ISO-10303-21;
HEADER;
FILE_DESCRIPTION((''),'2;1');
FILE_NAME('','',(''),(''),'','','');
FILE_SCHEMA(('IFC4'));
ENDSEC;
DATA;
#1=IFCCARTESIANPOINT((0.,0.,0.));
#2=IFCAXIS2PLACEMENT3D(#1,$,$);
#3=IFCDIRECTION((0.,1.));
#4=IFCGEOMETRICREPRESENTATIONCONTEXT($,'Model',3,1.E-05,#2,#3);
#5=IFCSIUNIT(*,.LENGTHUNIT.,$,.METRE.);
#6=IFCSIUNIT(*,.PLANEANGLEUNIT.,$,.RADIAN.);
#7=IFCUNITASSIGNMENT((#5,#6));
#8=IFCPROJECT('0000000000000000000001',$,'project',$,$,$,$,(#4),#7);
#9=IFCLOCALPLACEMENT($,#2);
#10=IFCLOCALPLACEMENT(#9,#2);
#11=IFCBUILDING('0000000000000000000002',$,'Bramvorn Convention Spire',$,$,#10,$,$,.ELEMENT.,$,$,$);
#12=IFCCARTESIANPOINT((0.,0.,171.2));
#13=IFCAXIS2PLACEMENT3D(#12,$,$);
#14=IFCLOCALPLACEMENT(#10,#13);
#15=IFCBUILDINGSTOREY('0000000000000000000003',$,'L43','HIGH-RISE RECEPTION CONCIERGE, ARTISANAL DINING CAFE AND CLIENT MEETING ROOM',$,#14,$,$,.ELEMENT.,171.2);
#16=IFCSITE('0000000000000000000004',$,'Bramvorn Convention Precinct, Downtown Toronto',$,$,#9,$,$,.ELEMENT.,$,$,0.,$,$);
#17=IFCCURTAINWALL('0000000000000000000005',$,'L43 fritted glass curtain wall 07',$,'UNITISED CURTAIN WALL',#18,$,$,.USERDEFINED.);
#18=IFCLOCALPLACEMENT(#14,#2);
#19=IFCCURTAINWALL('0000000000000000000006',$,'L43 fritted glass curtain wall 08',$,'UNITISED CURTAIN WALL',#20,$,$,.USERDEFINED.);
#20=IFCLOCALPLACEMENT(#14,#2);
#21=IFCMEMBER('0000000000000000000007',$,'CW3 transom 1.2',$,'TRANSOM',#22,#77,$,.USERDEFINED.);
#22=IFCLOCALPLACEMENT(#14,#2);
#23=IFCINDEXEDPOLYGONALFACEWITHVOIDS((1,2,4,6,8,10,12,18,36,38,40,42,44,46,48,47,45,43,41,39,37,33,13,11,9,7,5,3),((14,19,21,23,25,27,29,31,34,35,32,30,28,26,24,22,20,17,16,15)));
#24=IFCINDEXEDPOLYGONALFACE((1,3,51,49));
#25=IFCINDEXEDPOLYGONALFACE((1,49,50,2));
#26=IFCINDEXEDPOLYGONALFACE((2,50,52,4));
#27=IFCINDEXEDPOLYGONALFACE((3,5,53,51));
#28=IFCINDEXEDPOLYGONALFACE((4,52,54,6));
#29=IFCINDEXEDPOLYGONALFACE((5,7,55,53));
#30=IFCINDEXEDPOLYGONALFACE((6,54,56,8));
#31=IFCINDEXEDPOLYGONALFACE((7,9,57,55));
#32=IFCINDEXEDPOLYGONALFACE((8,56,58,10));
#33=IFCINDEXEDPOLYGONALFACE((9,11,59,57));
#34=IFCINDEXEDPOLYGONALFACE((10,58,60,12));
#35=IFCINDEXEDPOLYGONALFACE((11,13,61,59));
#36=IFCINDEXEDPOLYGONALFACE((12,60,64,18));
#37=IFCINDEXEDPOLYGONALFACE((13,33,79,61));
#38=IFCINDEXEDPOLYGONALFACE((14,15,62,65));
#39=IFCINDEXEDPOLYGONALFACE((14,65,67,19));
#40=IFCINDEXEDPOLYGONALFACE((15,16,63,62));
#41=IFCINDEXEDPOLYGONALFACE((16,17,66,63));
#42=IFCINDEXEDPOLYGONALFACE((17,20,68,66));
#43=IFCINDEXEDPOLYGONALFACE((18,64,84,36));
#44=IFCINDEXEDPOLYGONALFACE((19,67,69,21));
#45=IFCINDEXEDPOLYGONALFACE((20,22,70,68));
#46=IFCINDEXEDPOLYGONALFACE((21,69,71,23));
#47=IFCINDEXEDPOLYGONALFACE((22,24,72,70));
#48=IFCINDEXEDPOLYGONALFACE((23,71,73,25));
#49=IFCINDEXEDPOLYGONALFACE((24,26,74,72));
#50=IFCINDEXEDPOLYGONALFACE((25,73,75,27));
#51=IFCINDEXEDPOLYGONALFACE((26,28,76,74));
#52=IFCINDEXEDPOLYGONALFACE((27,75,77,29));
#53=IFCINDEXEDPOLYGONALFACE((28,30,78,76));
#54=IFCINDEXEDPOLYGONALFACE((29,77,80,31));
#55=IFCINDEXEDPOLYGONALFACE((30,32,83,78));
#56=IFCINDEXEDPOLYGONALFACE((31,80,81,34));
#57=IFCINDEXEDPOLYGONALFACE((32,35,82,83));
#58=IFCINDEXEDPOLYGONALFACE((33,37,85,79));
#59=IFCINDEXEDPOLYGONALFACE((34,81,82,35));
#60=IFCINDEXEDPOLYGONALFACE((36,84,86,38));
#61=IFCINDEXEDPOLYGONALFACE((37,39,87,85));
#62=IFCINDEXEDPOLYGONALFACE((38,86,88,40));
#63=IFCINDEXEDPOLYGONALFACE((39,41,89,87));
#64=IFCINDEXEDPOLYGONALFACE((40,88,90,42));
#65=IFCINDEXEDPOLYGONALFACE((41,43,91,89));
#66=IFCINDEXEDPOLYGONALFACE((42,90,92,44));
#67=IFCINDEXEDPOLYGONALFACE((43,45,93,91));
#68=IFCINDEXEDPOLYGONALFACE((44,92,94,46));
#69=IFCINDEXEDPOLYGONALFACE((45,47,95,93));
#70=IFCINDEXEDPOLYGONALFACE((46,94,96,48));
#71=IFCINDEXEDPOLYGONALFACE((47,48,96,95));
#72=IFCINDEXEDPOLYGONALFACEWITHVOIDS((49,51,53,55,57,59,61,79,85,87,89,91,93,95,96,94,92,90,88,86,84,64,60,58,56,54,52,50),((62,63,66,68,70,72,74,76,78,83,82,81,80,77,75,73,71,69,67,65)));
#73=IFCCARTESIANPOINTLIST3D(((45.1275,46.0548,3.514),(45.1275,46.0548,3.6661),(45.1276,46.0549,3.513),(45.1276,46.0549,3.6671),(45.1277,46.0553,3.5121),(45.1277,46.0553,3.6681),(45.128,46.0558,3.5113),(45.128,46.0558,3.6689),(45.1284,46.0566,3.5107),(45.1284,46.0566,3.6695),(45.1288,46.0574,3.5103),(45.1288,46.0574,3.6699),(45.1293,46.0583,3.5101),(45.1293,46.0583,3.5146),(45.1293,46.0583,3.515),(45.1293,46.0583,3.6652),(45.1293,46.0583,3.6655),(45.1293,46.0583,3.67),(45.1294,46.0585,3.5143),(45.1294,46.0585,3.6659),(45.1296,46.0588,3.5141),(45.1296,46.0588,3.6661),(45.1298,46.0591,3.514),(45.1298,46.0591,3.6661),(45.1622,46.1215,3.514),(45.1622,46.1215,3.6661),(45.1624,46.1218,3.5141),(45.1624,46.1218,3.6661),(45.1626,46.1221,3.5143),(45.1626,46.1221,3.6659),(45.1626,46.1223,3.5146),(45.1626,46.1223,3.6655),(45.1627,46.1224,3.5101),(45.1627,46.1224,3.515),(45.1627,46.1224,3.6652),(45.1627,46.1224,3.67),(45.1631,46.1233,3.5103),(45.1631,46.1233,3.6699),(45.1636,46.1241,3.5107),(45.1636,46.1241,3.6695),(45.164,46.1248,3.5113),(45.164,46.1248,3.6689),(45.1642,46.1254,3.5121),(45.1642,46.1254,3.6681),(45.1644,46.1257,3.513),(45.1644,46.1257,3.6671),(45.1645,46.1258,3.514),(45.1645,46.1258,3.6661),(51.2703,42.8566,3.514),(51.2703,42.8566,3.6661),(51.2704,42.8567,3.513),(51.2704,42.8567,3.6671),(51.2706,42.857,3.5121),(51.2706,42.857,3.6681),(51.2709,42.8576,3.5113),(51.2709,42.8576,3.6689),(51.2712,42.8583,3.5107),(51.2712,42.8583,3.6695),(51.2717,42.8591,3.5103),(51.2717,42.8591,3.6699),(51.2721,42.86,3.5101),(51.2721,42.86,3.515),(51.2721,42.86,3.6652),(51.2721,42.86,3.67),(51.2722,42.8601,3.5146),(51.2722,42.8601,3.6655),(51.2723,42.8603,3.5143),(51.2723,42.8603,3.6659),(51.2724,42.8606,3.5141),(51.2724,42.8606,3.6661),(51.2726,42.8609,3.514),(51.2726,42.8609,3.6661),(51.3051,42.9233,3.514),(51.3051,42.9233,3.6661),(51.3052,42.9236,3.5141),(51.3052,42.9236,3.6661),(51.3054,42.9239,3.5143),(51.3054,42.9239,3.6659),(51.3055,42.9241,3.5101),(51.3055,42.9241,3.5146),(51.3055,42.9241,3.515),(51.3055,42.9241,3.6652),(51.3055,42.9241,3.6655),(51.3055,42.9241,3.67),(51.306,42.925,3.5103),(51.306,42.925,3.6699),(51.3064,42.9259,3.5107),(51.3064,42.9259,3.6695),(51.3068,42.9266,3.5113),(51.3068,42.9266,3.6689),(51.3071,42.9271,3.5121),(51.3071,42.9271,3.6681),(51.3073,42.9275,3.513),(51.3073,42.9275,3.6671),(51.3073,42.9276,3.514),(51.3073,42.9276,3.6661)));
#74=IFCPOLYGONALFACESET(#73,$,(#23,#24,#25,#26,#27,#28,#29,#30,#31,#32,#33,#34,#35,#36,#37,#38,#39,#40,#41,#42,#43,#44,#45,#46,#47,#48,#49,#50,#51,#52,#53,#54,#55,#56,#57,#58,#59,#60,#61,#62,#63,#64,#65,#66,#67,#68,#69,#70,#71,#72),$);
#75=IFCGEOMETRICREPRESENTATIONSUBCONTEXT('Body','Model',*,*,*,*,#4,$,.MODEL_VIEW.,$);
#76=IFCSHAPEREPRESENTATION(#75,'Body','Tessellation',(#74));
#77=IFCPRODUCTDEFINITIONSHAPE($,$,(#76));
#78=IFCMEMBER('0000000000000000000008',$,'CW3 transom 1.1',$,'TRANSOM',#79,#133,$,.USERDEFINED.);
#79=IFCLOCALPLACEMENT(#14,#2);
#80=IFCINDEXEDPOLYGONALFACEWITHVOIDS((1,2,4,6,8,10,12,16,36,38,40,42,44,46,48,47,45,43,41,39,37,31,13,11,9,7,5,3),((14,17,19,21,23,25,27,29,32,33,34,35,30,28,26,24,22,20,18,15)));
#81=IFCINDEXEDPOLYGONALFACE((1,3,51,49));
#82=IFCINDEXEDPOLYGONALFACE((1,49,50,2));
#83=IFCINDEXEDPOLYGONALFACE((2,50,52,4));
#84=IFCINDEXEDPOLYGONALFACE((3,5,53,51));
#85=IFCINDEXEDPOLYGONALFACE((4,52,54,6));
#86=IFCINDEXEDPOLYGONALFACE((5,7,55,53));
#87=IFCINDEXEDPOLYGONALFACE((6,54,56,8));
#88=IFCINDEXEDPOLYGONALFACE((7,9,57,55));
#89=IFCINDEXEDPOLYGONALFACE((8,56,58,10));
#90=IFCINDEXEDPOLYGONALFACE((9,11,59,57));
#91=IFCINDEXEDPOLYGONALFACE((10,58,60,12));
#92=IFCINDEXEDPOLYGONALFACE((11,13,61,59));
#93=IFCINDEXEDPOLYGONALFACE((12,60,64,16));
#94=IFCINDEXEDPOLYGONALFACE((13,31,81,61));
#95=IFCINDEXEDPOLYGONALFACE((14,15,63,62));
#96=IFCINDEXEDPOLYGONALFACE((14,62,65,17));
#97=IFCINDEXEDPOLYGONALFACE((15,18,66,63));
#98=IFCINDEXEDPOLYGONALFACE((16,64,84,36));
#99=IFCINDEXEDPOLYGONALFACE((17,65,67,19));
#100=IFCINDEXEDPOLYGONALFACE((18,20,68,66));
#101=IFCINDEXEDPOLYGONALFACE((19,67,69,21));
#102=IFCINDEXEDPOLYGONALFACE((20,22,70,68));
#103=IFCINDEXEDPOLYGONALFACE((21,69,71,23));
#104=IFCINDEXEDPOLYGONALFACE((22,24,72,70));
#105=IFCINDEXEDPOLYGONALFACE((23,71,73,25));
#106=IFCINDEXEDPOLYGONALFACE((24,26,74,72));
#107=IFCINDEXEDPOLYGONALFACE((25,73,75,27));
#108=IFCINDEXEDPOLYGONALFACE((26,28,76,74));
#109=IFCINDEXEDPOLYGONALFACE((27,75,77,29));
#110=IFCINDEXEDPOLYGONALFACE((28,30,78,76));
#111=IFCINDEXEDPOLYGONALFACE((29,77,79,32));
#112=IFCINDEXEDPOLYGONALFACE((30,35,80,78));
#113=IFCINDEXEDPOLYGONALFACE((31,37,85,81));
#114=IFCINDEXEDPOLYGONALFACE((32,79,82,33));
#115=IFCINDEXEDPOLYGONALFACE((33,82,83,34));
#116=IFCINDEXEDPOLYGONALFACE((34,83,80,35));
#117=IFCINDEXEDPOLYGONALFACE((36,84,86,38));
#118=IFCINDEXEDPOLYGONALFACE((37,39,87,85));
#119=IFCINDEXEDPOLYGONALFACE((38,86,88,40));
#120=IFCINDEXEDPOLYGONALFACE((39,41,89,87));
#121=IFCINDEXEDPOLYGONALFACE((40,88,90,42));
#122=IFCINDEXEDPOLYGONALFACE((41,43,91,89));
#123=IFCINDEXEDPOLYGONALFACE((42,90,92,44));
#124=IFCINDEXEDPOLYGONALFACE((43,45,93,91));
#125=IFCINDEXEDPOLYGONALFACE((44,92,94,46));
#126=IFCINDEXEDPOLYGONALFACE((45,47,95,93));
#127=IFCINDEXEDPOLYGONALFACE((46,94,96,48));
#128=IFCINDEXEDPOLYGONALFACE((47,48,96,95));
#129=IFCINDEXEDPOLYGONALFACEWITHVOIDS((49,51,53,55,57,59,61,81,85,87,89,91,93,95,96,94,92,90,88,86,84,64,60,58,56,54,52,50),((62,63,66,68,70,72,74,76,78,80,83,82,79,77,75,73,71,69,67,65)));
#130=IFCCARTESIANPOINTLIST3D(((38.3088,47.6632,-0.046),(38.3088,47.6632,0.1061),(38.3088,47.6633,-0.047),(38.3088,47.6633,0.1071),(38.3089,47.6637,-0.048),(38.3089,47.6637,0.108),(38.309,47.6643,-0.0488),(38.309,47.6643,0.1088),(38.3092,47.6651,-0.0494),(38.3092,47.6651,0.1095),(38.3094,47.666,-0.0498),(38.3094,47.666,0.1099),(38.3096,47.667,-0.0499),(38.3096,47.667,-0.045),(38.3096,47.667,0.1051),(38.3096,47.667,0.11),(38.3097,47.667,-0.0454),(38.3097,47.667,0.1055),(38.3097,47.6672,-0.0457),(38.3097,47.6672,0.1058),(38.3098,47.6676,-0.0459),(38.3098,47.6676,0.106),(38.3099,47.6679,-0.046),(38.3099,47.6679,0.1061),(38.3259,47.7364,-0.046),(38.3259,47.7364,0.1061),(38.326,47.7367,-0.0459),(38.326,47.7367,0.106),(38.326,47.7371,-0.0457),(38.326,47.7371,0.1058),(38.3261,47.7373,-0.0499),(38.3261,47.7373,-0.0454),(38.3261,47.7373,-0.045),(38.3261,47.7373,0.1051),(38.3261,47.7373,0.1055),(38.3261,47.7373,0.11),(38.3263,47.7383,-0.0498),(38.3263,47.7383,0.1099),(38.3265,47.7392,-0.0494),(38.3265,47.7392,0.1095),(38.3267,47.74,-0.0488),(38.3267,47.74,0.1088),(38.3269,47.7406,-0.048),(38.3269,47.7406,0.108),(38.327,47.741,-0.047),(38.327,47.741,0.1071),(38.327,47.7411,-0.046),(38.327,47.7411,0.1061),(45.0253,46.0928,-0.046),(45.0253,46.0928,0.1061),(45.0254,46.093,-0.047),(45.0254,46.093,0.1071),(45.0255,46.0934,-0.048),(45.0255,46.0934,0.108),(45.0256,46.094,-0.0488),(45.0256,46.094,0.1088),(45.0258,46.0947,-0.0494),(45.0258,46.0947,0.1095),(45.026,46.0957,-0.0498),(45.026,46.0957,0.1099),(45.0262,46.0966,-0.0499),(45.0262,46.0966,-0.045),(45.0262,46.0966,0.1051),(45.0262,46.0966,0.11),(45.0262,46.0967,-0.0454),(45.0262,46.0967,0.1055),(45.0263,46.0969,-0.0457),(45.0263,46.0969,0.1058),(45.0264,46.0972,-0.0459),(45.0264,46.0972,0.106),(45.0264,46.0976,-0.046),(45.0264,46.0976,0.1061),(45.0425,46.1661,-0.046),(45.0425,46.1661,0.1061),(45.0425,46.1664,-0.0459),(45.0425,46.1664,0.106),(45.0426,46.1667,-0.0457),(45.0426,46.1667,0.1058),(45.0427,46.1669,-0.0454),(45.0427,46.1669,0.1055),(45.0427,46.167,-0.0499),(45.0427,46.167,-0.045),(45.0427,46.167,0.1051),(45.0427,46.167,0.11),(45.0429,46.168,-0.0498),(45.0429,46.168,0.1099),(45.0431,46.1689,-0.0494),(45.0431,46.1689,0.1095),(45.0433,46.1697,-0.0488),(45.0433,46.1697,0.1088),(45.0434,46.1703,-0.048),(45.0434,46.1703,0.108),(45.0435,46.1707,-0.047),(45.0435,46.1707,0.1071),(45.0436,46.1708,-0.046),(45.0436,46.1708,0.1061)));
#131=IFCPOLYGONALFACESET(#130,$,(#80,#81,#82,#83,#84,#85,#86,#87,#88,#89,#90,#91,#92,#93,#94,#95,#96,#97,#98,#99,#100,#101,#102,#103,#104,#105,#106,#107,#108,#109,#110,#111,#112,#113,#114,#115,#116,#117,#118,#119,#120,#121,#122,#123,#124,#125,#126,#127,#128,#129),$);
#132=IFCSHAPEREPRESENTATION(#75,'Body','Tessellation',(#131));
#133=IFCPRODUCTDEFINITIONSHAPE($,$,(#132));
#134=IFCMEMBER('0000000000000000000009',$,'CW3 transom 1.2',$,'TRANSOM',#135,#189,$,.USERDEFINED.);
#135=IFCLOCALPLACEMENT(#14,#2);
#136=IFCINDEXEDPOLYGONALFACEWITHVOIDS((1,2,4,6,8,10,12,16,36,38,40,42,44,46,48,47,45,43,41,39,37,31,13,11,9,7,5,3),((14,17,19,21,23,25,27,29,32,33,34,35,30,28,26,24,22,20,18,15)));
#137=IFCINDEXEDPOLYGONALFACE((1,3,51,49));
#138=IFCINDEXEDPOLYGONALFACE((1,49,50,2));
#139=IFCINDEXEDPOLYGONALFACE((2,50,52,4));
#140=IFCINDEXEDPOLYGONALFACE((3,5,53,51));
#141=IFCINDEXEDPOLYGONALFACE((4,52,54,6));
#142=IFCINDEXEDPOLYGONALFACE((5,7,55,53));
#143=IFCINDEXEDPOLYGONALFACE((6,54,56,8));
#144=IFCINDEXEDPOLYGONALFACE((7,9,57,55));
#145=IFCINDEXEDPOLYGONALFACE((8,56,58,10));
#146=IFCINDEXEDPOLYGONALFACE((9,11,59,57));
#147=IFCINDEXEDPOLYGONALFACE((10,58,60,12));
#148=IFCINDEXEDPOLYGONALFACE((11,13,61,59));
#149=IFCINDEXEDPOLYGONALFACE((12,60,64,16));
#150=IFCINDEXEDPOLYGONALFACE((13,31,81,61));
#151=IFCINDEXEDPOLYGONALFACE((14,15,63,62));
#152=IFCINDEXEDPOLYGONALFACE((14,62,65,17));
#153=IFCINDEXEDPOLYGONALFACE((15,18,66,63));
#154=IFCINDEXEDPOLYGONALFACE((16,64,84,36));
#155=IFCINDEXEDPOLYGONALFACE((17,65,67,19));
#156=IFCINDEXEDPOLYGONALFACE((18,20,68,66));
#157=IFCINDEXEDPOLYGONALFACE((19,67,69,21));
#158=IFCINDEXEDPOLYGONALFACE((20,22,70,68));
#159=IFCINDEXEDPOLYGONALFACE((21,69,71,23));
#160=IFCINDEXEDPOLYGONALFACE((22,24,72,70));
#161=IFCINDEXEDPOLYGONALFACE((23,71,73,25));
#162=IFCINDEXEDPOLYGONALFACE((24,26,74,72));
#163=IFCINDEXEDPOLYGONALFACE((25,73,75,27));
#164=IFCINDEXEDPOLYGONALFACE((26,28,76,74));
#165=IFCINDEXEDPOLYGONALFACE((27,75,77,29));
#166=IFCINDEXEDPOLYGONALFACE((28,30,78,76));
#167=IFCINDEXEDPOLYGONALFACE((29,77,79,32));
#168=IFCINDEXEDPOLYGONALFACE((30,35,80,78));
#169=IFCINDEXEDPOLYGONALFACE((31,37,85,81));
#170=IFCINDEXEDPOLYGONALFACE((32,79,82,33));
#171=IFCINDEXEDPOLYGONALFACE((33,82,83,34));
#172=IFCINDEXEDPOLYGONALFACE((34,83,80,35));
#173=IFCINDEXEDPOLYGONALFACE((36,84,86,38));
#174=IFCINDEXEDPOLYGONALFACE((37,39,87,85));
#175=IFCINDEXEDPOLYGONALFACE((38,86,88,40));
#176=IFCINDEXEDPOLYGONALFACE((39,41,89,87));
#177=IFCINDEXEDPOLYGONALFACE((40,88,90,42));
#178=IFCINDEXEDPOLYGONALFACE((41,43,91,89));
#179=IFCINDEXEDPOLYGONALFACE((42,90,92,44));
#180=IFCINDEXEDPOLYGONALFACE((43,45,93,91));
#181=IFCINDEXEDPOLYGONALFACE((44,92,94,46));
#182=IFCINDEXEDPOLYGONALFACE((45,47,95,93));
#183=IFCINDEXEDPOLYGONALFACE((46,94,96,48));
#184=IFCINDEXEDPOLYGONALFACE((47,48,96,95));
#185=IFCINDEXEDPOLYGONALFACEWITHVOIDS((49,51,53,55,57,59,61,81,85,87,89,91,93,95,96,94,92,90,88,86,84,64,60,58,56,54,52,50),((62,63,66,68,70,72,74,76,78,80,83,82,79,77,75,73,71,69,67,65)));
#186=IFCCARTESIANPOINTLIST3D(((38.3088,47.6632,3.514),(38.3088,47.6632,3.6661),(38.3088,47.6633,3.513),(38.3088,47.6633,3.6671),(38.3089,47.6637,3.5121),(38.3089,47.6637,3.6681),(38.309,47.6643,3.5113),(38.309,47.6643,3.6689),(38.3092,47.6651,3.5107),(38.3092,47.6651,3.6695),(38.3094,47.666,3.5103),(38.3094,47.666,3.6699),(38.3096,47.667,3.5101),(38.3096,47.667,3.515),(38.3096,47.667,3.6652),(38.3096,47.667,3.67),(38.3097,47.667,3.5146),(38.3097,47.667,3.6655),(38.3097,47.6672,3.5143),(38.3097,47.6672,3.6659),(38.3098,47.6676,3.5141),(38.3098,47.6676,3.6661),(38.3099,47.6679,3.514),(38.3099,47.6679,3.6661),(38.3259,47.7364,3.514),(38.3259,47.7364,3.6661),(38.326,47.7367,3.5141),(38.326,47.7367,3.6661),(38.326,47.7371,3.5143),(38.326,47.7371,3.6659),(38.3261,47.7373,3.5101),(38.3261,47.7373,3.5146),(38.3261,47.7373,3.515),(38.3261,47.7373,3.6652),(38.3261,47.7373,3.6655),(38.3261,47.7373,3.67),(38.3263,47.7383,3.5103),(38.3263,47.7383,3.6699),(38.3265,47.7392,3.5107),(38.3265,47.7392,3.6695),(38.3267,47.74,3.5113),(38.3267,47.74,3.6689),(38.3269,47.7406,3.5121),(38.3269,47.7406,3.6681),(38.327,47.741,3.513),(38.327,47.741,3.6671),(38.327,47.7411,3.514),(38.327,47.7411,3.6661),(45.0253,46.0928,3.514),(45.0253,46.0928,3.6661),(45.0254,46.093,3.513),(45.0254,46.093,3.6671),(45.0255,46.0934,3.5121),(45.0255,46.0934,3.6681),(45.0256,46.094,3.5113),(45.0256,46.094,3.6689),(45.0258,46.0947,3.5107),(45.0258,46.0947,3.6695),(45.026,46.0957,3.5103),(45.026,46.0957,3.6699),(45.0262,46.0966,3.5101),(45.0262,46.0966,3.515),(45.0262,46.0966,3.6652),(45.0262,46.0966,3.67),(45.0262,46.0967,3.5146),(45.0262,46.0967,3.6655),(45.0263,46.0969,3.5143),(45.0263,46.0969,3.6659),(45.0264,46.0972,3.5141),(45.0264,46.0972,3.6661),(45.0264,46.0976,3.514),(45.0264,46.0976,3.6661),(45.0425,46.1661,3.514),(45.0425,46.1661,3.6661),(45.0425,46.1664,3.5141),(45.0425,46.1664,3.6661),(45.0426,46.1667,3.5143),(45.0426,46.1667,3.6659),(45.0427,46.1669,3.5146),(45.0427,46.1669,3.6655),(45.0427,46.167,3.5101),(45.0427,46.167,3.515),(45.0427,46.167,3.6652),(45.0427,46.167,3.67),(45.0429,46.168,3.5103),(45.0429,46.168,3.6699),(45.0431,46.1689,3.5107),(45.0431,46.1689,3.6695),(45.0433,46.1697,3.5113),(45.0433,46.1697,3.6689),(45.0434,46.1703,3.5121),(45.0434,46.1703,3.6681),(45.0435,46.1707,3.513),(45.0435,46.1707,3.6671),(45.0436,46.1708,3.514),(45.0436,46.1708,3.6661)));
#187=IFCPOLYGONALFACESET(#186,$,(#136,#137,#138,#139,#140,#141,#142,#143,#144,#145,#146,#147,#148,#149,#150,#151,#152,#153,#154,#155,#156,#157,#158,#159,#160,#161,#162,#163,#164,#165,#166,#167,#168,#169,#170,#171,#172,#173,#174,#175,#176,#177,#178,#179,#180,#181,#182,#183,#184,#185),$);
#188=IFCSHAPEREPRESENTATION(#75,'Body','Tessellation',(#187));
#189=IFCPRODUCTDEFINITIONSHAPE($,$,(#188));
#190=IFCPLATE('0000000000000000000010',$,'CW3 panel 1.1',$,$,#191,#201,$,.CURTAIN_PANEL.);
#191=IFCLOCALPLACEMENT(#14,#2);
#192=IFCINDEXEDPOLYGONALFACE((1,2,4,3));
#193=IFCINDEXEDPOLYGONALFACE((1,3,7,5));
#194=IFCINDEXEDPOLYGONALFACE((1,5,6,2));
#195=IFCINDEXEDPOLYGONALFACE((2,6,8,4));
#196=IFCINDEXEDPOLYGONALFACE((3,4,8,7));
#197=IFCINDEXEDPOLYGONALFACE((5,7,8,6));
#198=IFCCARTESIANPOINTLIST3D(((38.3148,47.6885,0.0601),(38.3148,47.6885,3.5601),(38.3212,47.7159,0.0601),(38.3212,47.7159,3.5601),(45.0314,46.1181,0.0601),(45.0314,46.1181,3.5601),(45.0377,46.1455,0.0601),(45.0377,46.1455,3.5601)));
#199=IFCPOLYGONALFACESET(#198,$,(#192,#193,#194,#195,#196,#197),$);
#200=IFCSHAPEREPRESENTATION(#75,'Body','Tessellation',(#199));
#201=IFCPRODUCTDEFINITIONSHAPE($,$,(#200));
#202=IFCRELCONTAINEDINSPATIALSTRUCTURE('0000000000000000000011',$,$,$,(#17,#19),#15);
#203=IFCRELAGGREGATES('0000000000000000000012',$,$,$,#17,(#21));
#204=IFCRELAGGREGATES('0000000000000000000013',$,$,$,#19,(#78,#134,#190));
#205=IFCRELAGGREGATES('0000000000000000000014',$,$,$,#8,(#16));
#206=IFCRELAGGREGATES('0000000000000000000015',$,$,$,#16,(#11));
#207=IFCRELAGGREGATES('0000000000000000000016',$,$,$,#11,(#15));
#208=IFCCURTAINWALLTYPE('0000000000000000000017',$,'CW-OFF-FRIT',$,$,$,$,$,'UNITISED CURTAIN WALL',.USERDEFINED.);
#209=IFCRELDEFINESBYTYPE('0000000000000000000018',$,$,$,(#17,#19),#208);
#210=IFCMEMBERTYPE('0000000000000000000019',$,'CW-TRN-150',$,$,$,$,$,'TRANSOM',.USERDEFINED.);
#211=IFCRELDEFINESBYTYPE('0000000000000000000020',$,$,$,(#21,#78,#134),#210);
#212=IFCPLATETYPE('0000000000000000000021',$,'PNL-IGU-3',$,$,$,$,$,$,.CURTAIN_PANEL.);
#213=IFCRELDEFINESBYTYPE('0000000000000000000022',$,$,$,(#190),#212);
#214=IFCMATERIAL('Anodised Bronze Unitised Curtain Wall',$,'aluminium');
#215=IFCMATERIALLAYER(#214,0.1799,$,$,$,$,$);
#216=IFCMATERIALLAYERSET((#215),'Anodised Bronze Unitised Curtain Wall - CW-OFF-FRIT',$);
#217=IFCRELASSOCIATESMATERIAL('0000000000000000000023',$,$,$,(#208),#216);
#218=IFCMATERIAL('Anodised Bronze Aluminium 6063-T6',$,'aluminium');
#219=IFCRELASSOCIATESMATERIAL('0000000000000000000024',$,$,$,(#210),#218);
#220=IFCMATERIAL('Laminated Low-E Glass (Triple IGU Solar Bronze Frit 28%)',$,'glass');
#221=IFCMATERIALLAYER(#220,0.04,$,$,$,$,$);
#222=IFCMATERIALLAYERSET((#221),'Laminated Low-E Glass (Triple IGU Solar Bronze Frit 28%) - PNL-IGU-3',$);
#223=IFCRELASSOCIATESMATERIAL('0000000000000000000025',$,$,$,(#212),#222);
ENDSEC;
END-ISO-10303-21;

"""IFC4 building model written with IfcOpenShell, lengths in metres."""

from ifc_helpers import new_model, si_unit, direction, frame, origin, origin_2d, place, context, subcontext, project, spatial, rectangle, hollow_rectangle, extrude, material, layer, layer_set, material_profile, profile_set, type_object, element, aggregate, save


model = new_model("IFC4")

# Units and contexts
model_context = context("Model", 3, precision=1e-05, world=origin(), true_north=direction((0.0, 1.0)))
body_context = subcontext(model_context, "Body", "Model", "MODEL_VIEW")
ifc_project = project(units=[si_unit("LENGTHUNIT", "METRE"), si_unit("PLANEANGLEUNIT", "RADIAN")], contexts=[model_context])

# Site, building, storey
site_placement = place(None, origin())
site = spatial("IfcSite", under=ifc_project, at=site_placement, Name="Bramvorn Convention Precinct, Downtown Toronto", CompositionType="ELEMENT", RefElevation=0.0)
building_placement = place(site_placement, origin())
building = spatial("IfcBuilding", under=site, at=building_placement, Name="Bramvorn Convention Spire", CompositionType="ELEMENT")
storey_placement = place(building_placement, frame((0.0, 0.0, 171.2)))
storey = spatial("IfcBuildingStorey", under=building, at=storey_placement, Name="L43", Description="HIGH-RISE RECEPTION CONCIERGE, ARTISANAL DINING CAFE AND CLIENT MEETING ROOM", CompositionType="ELEMENT", Elevation=171.2)

# Curtain wall
ifc_material_1 = material(Name="Anodised Bronze Unitised Curtain Wall", Category="aluminium")
ifc_layer_1 = layer(ifc_material_1, 0.1799)
ifc_layer_set_1 = layer_set([ifc_layer_1], Name="Anodised Bronze Unitised Curtain Wall - CW-OFF-FRIT")
curtain_wall_type = type_object("IfcCurtainWallType", Name="CW-OFF-FRIT", ElementType="UNITISED CURTAIN WALL", PredefinedType="USERDEFINED", material=ifc_layer_set_1)
curtain_wall_1_placement = place(storey_placement, origin())
curtain_wall_1 = element("IfcCurtainWall", 1, at=curtain_wall_1_placement, inside=storey, type_object=curtain_wall_type, Name="L43 fritted glass curtain wall 07", ObjectType="UNITISED CURTAIN WALL", PredefinedType="USERDEFINED")
ifc_material_2 = material(Name="Anodised Bronze Aluminium 6063-T6", Category="aluminium")

# Curtain wall
curtain_wall_2_placement = place(storey_placement, origin())
curtain_wall_2 = element("IfcCurtainWall", 2, at=curtain_wall_2_placement, inside=storey, type_object=curtain_wall_type, Name="L43 fritted glass curtain wall 08", ObjectType="UNITISED CURTAIN WALL", PredefinedType="USERDEFINED")

# Members
ifc_material_profile_1 = material_profile(ifc_material_2, hollow_rectangle(XDim=0.0801, YDim=0.1599, WallThickness=0.0039, InnerFilletRadius=0.001, OuterFilletRadius=0.0039, at=origin_2d()))
ifc_profile_set_1 = profile_set([ifc_material_profile_1], Name="Anodised Bronze Aluminium 6063-T6 - CWT80X160")
member_type_1 = type_object("IfcMemberType", Name="CW-TRN-150", ElementType="TRANSOM", PredefinedType="USERDEFINED", material=ifc_profile_set_1)
member_1_placement = place(storey_placement, frame((45.146, 46.0903, 3.5901), z_axis=(0.886982, -0.461804, 0.0), x_axis=(0.461804, 0.886982, 0.0)))
member_1 = element("IfcMember", 3, at=member_1_placement, type_object=member_type_1, Name="CW3 transom 1.2", ObjectType="TRANSOM", PredefinedType="USERDEFINED", context=body_context, shape_type="SweptSolid", body=[
    extrude(hollow_rectangle(XDim=0.0801, YDim=0.1599, WallThickness=0.0039, InnerFilletRadius=0.001, OuterFilletRadius=0.0039, at=origin_2d()), origin(), (0.0, 0.0, 1.0), 6.9255),
])
aggregate(curtain_wall_1, [member_1])
member_2_placement = place(storey_placement, frame((38.3179, 47.7021, 0.03), z_axis=(0.973741, -0.227658, 0.0), x_axis=(0.227658, 0.973741, 0.0)))
member_2 = element("IfcMember", 4, at=member_2_placement, type_object=member_type_1, Name="CW3 transom 1.1", ObjectType="TRANSOM", PredefinedType="USERDEFINED", context=body_context, shape_type="SweptSolid", body=[
    extrude(hollow_rectangle(XDim=0.0801, YDim=0.1599, WallThickness=0.0039, InnerFilletRadius=0.001, OuterFilletRadius=0.0039, at=origin_2d()), origin(), (0.0, 0.0, 1.0), 6.8977),
])
member_3_placement = place(storey_placement, frame((38.3179, 47.7021, 3.5901), z_axis=(0.973741, -0.227658, 0.0), x_axis=(0.227658, 0.973741, 0.0)))
member_3 = element("IfcMember", 5, at=member_3_placement, type_object=member_type_1, Name="CW3 transom 1.2", ObjectType="TRANSOM", PredefinedType="USERDEFINED", context=body_context, shape_type="SweptSolid", body=[
    extrude(hollow_rectangle(XDim=0.0801, YDim=0.1599, WallThickness=0.0039, InnerFilletRadius=0.001, OuterFilletRadius=0.0039, at=origin_2d()), origin(), (0.0, 0.0, 1.0), 6.8977),
])

# Plate
ifc_material_3 = material(Name="Laminated Low-E Glass (Triple IGU Solar Bronze Frit 28%)", Category="glass")
ifc_layer_2 = layer(ifc_material_3, 0.04)
ifc_layer_set_2 = layer_set([ifc_layer_2], Name="Laminated Low-E Glass (Triple IGU Solar Bronze Frit 28%) - PNL-IGU-3")
plate_type = type_object("IfcPlateType", Name="PNL-IGU-3", PredefinedType="CURTAIN_PANEL", material=ifc_layer_set_2)
plate_placement = place(storey_placement, frame((41.6763, 46.917, 0.0601), z_axis=(0.0, 0.0, 1.0), x_axis=(0.973738, -0.227671, 0.0)))
plate = element("IfcPlate", 6, at=plate_placement, type_object=plate_type, Name="CW3 panel 1.1", PredefinedType="CURTAIN_PANEL", context=body_context, shape_type="SweptSolid", body=[
    extrude(rectangle(XDim=6.8977, YDim=0.0281, at=origin_2d()), origin(), (0.0, 0.0, 1.0), 3.5),
])
aggregate(curtain_wall_2, [member_2, member_3, plate])

save(model, "model.ifc")
